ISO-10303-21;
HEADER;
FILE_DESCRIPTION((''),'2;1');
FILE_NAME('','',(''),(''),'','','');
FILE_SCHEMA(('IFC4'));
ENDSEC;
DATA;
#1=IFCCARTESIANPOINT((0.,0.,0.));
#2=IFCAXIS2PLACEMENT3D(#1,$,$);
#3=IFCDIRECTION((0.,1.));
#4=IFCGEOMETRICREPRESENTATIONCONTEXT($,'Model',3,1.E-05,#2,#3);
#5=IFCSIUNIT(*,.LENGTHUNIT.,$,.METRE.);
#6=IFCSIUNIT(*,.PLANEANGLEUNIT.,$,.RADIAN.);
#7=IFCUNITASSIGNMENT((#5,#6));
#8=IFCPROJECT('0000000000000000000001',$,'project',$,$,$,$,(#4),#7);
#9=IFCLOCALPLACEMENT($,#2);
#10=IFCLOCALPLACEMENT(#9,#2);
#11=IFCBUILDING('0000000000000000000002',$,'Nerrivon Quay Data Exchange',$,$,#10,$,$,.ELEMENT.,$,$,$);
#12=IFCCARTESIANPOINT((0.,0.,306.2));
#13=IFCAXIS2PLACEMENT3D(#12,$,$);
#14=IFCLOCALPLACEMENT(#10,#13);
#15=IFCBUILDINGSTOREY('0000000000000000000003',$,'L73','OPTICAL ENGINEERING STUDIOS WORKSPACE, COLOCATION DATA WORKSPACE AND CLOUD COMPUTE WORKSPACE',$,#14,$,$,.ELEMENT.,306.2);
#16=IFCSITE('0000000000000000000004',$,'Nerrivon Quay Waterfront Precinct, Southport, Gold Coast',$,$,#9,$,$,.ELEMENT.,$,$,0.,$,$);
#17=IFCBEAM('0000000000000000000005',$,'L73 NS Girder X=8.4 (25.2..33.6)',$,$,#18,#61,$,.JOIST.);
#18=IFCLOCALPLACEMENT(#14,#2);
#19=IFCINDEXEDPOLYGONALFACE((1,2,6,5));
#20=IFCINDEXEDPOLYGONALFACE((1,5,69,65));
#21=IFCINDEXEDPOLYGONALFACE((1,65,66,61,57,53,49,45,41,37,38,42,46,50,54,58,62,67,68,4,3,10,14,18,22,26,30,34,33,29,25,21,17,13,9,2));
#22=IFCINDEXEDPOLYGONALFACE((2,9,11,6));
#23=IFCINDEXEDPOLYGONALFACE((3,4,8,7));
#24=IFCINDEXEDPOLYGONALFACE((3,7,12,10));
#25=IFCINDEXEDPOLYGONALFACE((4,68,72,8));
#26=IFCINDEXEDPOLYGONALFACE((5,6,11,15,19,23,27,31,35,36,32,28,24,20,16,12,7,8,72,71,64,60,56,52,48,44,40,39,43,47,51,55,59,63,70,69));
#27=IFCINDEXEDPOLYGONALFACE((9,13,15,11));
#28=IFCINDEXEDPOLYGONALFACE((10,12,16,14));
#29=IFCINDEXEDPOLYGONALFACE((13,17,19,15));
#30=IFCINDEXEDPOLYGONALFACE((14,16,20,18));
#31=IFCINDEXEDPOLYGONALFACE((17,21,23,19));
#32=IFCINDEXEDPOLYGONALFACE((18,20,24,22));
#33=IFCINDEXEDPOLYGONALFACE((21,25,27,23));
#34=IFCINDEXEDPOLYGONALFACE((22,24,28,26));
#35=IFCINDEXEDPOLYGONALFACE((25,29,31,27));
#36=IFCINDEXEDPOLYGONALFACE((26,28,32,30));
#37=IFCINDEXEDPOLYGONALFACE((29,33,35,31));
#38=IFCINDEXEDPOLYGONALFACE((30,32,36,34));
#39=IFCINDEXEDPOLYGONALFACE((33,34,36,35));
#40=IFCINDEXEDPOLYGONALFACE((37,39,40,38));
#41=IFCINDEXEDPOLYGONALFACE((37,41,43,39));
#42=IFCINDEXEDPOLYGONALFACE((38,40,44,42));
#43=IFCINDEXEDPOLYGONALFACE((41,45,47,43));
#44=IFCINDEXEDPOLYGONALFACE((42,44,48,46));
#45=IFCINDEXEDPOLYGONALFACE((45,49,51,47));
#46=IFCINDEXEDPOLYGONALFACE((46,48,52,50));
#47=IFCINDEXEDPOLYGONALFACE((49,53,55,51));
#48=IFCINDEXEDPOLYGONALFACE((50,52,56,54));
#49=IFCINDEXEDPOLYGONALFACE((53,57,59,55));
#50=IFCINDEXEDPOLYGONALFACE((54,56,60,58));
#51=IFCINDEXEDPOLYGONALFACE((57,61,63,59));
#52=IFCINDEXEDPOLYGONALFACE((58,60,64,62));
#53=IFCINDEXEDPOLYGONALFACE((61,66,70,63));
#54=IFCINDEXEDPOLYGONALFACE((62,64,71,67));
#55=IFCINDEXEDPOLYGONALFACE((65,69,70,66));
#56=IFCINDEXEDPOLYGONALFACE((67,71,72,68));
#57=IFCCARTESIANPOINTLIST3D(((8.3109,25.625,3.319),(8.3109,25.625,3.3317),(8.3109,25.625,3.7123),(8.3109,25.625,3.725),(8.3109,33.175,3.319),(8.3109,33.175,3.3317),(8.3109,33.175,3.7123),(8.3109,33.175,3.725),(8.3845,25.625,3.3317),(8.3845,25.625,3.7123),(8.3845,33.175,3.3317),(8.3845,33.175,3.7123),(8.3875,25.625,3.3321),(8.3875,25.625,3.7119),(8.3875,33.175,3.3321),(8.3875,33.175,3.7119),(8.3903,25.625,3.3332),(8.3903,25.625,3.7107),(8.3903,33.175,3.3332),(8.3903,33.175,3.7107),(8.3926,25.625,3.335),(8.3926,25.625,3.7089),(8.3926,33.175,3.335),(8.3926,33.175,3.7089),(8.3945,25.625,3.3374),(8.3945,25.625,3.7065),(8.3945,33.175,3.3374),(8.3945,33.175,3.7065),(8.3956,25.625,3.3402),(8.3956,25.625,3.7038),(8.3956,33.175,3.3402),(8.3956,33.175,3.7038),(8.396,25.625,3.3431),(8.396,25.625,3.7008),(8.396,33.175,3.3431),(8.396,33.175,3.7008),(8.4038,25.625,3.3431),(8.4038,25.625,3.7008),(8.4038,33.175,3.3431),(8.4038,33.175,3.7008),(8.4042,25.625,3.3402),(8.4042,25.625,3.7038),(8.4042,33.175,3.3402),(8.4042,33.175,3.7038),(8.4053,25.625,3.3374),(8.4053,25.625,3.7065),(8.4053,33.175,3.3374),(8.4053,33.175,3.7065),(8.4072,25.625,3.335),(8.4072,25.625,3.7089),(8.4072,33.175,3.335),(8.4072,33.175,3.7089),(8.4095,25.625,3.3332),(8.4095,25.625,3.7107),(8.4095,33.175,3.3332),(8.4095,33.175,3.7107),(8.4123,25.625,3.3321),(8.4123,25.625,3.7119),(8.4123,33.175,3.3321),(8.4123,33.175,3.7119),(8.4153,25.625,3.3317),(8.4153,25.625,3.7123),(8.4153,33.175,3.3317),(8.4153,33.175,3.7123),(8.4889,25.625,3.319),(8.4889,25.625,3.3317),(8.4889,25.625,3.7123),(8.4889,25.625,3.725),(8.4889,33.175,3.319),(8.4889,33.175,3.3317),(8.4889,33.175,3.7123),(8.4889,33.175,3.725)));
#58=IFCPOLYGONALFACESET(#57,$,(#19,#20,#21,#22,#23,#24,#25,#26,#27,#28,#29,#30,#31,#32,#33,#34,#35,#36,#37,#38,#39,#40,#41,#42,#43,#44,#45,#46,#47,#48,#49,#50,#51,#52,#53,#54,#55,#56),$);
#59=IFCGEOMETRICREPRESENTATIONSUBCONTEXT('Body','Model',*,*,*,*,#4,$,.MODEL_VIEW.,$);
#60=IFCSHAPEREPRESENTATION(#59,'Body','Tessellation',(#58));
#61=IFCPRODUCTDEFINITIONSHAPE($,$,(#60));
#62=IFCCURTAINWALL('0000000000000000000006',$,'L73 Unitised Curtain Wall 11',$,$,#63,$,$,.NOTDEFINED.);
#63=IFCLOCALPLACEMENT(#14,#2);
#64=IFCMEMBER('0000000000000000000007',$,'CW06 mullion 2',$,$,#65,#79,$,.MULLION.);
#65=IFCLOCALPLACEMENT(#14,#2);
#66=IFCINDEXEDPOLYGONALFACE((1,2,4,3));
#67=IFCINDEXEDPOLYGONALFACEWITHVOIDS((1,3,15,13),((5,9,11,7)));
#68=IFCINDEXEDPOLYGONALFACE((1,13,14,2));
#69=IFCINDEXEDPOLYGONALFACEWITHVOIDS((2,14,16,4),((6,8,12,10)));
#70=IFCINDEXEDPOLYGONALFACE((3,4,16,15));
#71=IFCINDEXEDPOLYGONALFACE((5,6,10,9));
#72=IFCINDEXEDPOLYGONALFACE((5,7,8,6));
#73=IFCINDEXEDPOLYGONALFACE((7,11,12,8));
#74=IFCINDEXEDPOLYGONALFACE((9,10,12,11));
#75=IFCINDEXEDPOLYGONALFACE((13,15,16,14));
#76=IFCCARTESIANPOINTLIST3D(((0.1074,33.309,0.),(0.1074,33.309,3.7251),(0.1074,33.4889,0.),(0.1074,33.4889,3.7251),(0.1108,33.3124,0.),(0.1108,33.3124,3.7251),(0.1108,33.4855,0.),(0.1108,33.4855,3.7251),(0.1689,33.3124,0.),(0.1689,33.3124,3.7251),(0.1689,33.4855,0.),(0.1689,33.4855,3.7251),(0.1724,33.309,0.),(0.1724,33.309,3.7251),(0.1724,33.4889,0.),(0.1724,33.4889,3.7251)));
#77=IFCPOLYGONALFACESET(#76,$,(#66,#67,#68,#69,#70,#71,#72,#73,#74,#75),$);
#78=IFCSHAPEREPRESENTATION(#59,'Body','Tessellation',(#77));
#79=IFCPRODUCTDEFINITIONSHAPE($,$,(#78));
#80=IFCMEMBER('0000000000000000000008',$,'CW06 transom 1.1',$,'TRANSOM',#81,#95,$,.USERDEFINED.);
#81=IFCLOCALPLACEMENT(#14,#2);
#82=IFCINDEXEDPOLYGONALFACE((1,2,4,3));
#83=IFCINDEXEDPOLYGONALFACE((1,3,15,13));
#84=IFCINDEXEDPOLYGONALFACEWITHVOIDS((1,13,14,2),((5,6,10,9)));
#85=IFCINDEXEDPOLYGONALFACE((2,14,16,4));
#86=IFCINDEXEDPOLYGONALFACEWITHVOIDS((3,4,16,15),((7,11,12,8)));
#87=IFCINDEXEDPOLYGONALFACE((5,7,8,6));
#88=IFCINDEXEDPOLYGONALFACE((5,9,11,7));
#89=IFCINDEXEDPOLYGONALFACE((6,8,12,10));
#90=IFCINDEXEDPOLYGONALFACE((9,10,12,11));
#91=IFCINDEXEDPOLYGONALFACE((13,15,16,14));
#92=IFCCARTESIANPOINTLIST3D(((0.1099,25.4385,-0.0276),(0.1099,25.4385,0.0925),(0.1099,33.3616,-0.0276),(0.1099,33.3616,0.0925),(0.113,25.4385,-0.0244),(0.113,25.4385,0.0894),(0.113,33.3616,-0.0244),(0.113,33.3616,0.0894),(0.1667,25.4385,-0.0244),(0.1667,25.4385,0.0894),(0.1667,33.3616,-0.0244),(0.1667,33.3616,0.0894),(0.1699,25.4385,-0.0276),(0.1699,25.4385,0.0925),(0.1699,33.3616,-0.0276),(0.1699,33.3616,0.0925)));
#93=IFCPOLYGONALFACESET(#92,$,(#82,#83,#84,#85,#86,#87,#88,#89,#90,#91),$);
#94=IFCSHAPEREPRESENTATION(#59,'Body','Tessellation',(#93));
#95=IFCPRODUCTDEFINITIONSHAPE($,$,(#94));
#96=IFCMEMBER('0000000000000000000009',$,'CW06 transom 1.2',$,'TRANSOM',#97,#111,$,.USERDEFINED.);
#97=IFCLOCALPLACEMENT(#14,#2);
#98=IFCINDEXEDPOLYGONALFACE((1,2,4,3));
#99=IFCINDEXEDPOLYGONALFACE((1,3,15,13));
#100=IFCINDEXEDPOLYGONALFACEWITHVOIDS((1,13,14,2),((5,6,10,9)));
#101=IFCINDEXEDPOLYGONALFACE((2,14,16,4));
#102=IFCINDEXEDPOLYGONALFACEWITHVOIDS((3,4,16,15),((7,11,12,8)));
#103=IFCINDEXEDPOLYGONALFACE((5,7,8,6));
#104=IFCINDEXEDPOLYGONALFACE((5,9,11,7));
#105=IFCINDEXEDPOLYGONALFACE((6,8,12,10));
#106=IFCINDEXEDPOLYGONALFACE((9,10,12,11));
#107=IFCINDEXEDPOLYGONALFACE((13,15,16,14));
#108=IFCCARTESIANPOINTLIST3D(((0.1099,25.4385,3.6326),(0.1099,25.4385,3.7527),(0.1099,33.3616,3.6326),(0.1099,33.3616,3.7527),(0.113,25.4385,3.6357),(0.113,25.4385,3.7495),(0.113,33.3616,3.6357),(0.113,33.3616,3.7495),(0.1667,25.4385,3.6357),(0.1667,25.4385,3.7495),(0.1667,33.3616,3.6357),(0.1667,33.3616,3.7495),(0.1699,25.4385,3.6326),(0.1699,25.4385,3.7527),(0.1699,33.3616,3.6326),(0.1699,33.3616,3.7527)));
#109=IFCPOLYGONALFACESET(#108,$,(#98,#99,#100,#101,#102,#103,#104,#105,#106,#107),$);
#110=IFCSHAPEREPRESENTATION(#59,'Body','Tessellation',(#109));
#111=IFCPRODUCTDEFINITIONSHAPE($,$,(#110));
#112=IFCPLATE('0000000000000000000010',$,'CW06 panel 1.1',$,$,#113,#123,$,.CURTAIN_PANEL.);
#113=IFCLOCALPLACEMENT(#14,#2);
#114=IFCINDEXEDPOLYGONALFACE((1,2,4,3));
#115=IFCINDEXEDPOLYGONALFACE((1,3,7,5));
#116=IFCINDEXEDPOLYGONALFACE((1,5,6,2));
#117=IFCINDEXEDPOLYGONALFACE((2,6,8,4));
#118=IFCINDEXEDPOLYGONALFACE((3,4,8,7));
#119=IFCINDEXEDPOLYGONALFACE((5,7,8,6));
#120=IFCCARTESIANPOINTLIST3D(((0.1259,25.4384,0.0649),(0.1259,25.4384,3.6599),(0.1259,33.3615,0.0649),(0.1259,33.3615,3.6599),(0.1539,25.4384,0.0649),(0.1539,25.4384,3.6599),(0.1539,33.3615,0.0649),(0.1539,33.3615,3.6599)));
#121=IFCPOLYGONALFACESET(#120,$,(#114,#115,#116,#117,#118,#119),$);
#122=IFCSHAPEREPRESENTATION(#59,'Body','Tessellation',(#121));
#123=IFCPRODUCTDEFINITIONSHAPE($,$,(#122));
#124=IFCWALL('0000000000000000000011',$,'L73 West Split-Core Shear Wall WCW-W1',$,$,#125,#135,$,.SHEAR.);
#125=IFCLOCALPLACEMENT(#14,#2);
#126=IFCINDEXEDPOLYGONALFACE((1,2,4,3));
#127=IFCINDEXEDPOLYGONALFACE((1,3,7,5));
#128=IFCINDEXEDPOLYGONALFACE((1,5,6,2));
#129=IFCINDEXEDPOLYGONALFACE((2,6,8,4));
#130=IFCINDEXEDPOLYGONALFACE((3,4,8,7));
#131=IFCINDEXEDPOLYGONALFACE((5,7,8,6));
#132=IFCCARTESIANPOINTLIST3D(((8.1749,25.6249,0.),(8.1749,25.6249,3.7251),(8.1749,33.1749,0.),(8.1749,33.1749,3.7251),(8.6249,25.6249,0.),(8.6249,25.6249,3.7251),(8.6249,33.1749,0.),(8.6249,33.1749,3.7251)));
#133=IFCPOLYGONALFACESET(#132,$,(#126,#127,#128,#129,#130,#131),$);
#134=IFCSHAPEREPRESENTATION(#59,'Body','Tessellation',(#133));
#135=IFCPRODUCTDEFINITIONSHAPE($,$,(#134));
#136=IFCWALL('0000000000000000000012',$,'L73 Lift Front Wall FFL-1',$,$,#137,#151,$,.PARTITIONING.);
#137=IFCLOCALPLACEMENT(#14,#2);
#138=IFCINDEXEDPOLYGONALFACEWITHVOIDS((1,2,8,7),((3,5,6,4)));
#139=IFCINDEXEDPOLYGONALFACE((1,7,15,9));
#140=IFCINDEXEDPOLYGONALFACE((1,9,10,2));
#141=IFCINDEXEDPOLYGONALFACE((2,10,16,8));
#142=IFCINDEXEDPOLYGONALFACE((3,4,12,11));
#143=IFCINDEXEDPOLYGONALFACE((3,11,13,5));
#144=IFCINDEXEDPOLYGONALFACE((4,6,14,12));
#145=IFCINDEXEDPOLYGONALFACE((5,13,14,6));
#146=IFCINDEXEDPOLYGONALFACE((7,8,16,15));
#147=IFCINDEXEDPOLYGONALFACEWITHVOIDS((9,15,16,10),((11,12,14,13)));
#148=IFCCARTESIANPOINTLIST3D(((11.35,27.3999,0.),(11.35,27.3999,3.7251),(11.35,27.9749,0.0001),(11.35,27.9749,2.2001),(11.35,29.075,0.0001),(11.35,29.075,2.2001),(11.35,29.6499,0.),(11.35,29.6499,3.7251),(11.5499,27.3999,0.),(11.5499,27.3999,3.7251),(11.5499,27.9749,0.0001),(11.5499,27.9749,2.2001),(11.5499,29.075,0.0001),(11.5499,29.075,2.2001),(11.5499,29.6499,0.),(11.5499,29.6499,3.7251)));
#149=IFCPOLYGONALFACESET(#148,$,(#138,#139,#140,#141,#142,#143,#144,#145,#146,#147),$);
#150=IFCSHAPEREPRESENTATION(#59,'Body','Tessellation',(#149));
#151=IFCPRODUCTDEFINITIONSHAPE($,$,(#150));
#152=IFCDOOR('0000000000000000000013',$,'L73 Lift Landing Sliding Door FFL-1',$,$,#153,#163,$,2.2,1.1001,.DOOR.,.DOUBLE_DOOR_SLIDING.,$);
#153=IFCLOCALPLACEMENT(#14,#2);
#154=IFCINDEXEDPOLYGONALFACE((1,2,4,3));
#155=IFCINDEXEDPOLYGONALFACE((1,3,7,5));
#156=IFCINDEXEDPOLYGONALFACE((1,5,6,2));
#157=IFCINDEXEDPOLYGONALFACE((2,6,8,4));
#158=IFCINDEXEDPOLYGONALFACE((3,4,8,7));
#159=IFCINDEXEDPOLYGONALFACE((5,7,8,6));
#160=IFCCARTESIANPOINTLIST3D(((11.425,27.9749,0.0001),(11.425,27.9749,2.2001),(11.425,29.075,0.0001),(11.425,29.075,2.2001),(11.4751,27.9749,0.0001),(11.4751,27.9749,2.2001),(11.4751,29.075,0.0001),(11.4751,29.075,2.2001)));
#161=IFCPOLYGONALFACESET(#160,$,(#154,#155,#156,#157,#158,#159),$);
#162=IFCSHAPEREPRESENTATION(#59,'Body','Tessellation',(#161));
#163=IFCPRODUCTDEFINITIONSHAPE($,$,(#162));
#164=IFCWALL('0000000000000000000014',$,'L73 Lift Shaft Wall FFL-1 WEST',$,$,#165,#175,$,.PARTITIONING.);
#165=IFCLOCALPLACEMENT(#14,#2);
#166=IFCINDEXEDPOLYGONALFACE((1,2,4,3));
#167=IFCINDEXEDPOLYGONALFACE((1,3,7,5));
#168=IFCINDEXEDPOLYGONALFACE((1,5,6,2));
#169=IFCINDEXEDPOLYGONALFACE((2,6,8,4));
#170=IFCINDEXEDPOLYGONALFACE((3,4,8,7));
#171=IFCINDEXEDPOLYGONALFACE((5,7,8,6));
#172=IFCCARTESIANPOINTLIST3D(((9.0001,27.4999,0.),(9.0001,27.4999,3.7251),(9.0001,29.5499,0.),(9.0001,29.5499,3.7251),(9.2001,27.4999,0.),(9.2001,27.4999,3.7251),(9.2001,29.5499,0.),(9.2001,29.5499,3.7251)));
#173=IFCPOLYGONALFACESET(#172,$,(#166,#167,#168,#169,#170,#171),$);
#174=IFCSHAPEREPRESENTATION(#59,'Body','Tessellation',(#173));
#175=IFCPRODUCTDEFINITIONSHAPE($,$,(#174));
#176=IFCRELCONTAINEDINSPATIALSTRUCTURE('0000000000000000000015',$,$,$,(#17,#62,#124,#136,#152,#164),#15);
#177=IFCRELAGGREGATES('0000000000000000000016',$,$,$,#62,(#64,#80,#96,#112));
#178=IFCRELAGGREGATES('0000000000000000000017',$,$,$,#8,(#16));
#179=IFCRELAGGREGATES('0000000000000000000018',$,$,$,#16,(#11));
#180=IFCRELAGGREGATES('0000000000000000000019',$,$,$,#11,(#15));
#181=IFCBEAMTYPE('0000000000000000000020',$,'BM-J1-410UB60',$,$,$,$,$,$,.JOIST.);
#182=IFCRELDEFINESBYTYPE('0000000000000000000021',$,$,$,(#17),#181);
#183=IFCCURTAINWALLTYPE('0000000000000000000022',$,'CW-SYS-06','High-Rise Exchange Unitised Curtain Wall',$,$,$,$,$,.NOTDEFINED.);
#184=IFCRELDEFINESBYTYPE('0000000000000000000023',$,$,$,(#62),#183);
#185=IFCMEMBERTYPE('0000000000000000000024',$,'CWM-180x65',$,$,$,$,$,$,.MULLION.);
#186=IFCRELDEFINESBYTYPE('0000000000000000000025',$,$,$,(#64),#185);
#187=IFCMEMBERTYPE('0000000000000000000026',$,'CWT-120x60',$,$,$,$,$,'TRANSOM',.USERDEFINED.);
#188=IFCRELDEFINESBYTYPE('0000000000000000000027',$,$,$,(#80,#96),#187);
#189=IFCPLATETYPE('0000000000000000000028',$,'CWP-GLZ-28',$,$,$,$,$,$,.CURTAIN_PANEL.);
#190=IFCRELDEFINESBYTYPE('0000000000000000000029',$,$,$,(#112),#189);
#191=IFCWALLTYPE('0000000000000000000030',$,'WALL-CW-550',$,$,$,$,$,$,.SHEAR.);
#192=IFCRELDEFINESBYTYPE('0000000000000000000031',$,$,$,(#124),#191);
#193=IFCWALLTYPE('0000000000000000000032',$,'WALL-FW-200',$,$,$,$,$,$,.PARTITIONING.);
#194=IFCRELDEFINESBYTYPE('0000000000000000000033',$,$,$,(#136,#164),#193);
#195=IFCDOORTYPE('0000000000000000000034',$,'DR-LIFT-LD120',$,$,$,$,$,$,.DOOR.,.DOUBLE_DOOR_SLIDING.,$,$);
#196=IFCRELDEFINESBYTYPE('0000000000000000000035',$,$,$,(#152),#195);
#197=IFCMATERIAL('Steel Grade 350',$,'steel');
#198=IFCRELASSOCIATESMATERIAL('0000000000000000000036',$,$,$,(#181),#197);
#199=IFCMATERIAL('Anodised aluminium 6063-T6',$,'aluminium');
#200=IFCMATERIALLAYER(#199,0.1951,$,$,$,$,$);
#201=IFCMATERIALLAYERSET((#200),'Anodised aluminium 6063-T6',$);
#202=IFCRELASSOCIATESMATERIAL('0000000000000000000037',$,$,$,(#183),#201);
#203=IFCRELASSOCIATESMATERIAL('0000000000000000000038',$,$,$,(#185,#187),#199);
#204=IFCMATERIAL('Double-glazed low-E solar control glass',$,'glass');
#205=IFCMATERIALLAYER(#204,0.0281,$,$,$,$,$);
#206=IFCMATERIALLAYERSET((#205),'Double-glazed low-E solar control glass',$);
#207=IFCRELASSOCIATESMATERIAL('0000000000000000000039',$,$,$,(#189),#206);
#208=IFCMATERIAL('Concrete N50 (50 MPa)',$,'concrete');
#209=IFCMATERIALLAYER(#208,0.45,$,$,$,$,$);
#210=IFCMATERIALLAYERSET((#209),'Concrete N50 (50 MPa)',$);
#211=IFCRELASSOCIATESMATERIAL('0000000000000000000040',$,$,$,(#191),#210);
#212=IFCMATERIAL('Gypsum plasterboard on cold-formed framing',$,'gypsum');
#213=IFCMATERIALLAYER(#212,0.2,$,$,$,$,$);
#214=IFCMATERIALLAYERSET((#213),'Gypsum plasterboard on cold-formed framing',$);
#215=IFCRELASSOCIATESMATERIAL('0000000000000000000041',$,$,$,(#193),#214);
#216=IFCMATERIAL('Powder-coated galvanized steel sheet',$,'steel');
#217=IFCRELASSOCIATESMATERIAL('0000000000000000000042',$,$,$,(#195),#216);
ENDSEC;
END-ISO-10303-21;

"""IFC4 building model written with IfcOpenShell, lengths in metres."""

from ifc_helpers import new_model, si_unit, direction, frame, frame_2d, origin, origin_2d, place, context, subcontext, project, spatial, rectangle, hollow_rectangle, i_section, extrude, material, layer, layer_set, material_profile, profile_set, type_object, element, fill, aggregate, save


model = new_model("IFC4")

# Units and contexts
model_context = context("Model", 3, precision=1e-05, world=origin(), true_north=direction((0.0, 1.0)))
body_context = subcontext(model_context, "Body", "Model", "MODEL_VIEW")
ifc_project = project(units=[si_unit("LENGTHUNIT", "METRE"), si_unit("PLANEANGLEUNIT", "RADIAN")], contexts=[model_context])

# Site, building, storey
site_placement = place(None, origin())
site = spatial("IfcSite", under=ifc_project, at=site_placement, Name="Nerrivon Quay Waterfront Precinct, Southport, Gold Coast", CompositionType="ELEMENT", RefElevation=0.0)
building_placement = place(site_placement, origin())
building = spatial("IfcBuilding", under=site, at=building_placement, Name="Nerrivon Quay Data Exchange", CompositionType="ELEMENT")
storey_placement = place(building_placement, frame((0.0, 0.0, 306.2)))
storey = spatial("IfcBuildingStorey", under=building, at=storey_placement, Name="L73", Description="OPTICAL ENGINEERING STUDIOS WORKSPACE, COLOCATION DATA WORKSPACE AND CLOUD COMPUTE WORKSPACE", CompositionType="ELEMENT", Elevation=306.2)

# Beam
ifc_material_1 = material(Name="Steel Grade 350", Category="steel")
ifc_material_profile_1 = material_profile(ifc_material_1, i_section(OverallWidth=0.178, OverallDepth=0.406, WebThickness=0.0078, FlangeThickness=0.0127, FilletRadius=0.0115, at=origin_2d()), Name="410UB59.7")
ifc_profile_set_1 = profile_set([ifc_material_profile_1], Name="Steel Grade 350")
beam_type = type_object("IfcBeamType", Name="BM-J1-410UB60", PredefinedType="JOIST", material=ifc_profile_set_1)
beam_placement = place(storey_placement, frame((8.3999, 25.625, 3.522), z_axis=(0.0, 1.0, 0.0), x_axis=(-1.0, 0.0, 0.0)))
element("IfcBeam", 1, at=beam_placement, inside=storey, type_object=beam_type, Name="L73 NS Girder X=8.4 (25.2..33.6)", PredefinedType="JOIST", context=body_context, shape_type="SweptSolid", body=[
    extrude(i_section(OverallWidth=0.178, OverallDepth=0.406, WebThickness=0.0078, FlangeThickness=0.0127, FilletRadius=0.0115, at=origin_2d()), origin(), (0.0, 0.0, 1.0), 7.55),
])

# Curtain wall, members, plate
ifc_material_2 = material(Name="Anodised aluminium 6063-T6", Category="aluminium")
ifc_layer_1 = layer(ifc_material_2, 0.1951)
ifc_layer_set_1 = layer_set([ifc_layer_1], Name="Anodised aluminium 6063-T6")
curtain_wall_type = type_object("IfcCurtainWallType", Name="CW-SYS-06", Description="High-Rise Exchange Unitised Curtain Wall", PredefinedType="NOTDEFINED", material=ifc_layer_set_1)
curtain_wall_placement = place(storey_placement, origin())
curtain_wall = element("IfcCurtainWall", 2, at=curtain_wall_placement, inside=storey, type_object=curtain_wall_type, Name="L73 Unitised Curtain Wall 11", PredefinedType="NOTDEFINED")
ifc_material_profile_2 = material_profile(ifc_material_2, hollow_rectangle(XDim=0.0649, YDim=0.1799, WallThickness=0.0034, at=origin_2d()), Name="ALU-MULL-180x65")
ifc_profile_set_2 = profile_set([ifc_material_profile_2], Name="Anodised aluminium 6063-T6")
member_type_1 = type_object("IfcMemberType", Name="CWM-180x65", PredefinedType="MULLION", material=ifc_profile_set_2)
member_1_placement = place(storey_placement, frame((0.1399, 33.3989, 0.0), z_axis=(0.0, 0.0, 1.0), x_axis=(-1.0, 0.0, 0.0)))
member_1 = element("IfcMember", 3, at=member_1_placement, type_object=member_type_1, Name="CW06 mullion 2", PredefinedType="MULLION", context=body_context, shape_type="SweptSolid", body=[
    extrude(hollow_rectangle(XDim=0.0649, YDim=0.1799, WallThickness=0.0034, at=origin_2d()), origin(), (0.0, 0.0, 1.0), 3.7251),
])
ifc_material_profile_3 = material_profile(ifc_material_2, hollow_rectangle(XDim=0.0601, YDim=0.1201, WallThickness=0.0032, at=origin_2d()), Name="ALU-TRAN-120x60")
ifc_profile_set_3 = profile_set([ifc_material_profile_3], Name="Anodised aluminium 6063-T6")
member_type_2 = type_object("IfcMemberType", Name="CWT-120x60", ElementType="TRANSOM", PredefinedType="USERDEFINED", material=ifc_profile_set_3)
member_2_placement = place(storey_placement, frame((0.1399, 25.4385, 0.0325), z_axis=(0.0, 1.0, 0.0), x_axis=(-1.0, 0.0, 0.0)))
member_2 = element("IfcMember", 4, at=member_2_placement, type_object=member_type_2, Name="CW06 transom 1.1", ObjectType="TRANSOM", PredefinedType="USERDEFINED", context=body_context, shape_type="SweptSolid", body=[
    extrude(hollow_rectangle(XDim=0.0601, YDim=0.1201, WallThickness=0.0032, at=origin_2d()), origin(), (0.0, 0.0, 1.0), 7.9231),
])
member_3_placement = place(storey_placement, frame((0.1399, 25.4385, 3.6926), z_axis=(0.0, 1.0, 0.0), x_axis=(-1.0, 0.0, 0.0)))
member_3 = element("IfcMember", 5, at=member_3_placement, type_object=member_type_2, Name="CW06 transom 1.2", ObjectType="TRANSOM", PredefinedType="USERDEFINED", context=body_context, shape_type="SweptSolid", body=[
    extrude(hollow_rectangle(XDim=0.0601, YDim=0.1201, WallThickness=0.0032, at=origin_2d()), origin(), (0.0, 0.0, 1.0), 7.9231),
])
ifc_material_3 = material(Name="Double-glazed low-E solar control glass", Category="glass")
ifc_layer_2 = layer(ifc_material_3, 0.0281)
ifc_layer_set_2 = layer_set([ifc_layer_2], Name="Double-glazed low-E solar control glass")
plate_type = type_object("IfcPlateType", Name="CWP-GLZ-28", PredefinedType="CURTAIN_PANEL", material=ifc_layer_set_2)
plate_placement = place(storey_placement, frame((0.1399, 29.3999, 0.0649), z_axis=(0.0, 0.0, 1.0), x_axis=(0.0, 1.0, 0.0)))
plate = element("IfcPlate", 6, at=plate_placement, type_object=plate_type, Name="CW06 panel 1.1", PredefinedType="CURTAIN_PANEL", context=body_context, shape_type="SweptSolid", body=[
    extrude(rectangle(XDim=7.9231, YDim=0.0281, at=origin_2d()), origin(), (0.0, 0.0, 1.0), 3.595),
])
aggregate(curtain_wall, [member_1, member_2, member_3, plate])

# Wall
ifc_material_4 = material(Name="Concrete N50 (50 MPa)", Category="concrete")
ifc_layer_3 = layer(ifc_material_4, 0.45)
ifc_layer_set_3 = layer_set([ifc_layer_3], Name="Concrete N50 (50 MPa)")
wall_type_1 = type_object("IfcWallType", Name="WALL-CW-550", PredefinedType="SHEAR", material=ifc_layer_set_3)
wall_1_placement = place(storey_placement, frame((8.3999, 25.625, 0.0), z_axis=(0.0, 0.0, 1.0), x_axis=(0.0, 1.0, 0.0)))
element("IfcWall", 7, at=wall_1_placement, inside=storey, type_object=wall_type_1, Name="L73 West Split-Core Shear Wall WCW-W1", PredefinedType="SHEAR", context=body_context, shape_type="SweptSolid", body=[
    extrude(rectangle(XDim=7.55, YDim=0.45, at=frame_2d((3.7749, 0.0))), origin(), (0.0, 0.0, 1.0), 3.7251),
])

# Wall, opening, door
ifc_material_5 = material(Name="Gypsum plasterboard on cold-formed framing", Category="gypsum")
ifc_layer_4 = layer(ifc_material_5, 0.2)
ifc_layer_set_4 = layer_set([ifc_layer_4], Name="Gypsum plasterboard on cold-formed framing")
wall_type_2 = type_object("IfcWallType", Name="WALL-FW-200", PredefinedType="PARTITIONING", material=ifc_layer_set_4)
wall_2_placement = place(storey_placement, frame((11.45, 27.3999, 0.0), z_axis=(0.0, 0.0, 1.0), x_axis=(0.0, 1.0, 0.0)))
wall_2 = element("IfcWall", 8, at=wall_2_placement, inside=storey, type_object=wall_type_2, Name="L73 Lift Front Wall FFL-1", PredefinedType="PARTITIONING", context=body_context, shape_type="SweptSolid", body=[
    extrude(rectangle(XDim=2.25, YDim=0.2, at=frame_2d((1.125, 0.0))), origin(), (0.0, 0.0, 1.0), 3.7251),
])
opening_1_placement = place(wall_2_placement, frame((0.575, 0.0, 0.0)))
opening_1 = element("IfcOpeningElement", 9, at=opening_1_placement, cuts=wall_2, PredefinedType="OPENING", context=body_context, shape_type="SweptSolid", body=[
    extrude(rectangle(XDim=1.1001, YDim=2.2, at=frame_2d((0.55, 1.1001))), frame((0.0, 0.1099, 0.0), z_axis=(0.0, -1.0, 0.0), x_axis=(1.0, 0.0, 0.0)), (0.0, 0.0, 1.0), 0.22),
])
ifc_material_6 = material(Name="Powder-coated galvanized steel sheet", Category="steel")
door_type_1 = type_object("IfcDoorType", Name="DR-LIFT-LD120", OperationType="DOUBLE_DOOR_SLIDING", PredefinedType="DOOR", material=ifc_material_6)
door_1_placement = place(opening_1_placement, origin())
door_1 = element("IfcDoor", 10, at=door_1_placement, inside=storey, type_object=door_type_1, Name="L73 Lift Landing Sliding Door FFL-1", OperationType="DOUBLE_DOOR_SLIDING", OverallHeight=2.2, OverallWidth=1.1001, PredefinedType="DOOR", context=body_context, shape_type="SweptSolid", body=[
    extrude(rectangle(XDim=1.1001, YDim=2.2, at=frame_2d((0.55, 1.1001))), frame((0.0, 0.0249, 0.0), z_axis=(0.0, -1.0, 0.0), x_axis=(1.0, 0.0, 0.0)), (0.0, 0.0, 1.0), 0.05),
])
fill(opening_1, door_1)

# Wall
wall_3_placement = place(storey_placement, frame((9.1001, 27.5, 0.0), z_axis=(0.0, 0.0, 1.0), x_axis=(0.0, 1.0, 0.0)))
element("IfcWall", 11, at=wall_3_placement, inside=storey, type_object=wall_type_2, Name="L73 Lift Shaft Wall FFL-1 WEST", PredefinedType="PARTITIONING", context=body_context, shape_type="SweptSolid", body=[
    extrude(rectangle(XDim=2.05, YDim=0.2, at=frame_2d((1.0249, 0.0))), origin(), (0.0, 0.0, 1.0), 3.7251),
])

save(model, "model.ifc")
